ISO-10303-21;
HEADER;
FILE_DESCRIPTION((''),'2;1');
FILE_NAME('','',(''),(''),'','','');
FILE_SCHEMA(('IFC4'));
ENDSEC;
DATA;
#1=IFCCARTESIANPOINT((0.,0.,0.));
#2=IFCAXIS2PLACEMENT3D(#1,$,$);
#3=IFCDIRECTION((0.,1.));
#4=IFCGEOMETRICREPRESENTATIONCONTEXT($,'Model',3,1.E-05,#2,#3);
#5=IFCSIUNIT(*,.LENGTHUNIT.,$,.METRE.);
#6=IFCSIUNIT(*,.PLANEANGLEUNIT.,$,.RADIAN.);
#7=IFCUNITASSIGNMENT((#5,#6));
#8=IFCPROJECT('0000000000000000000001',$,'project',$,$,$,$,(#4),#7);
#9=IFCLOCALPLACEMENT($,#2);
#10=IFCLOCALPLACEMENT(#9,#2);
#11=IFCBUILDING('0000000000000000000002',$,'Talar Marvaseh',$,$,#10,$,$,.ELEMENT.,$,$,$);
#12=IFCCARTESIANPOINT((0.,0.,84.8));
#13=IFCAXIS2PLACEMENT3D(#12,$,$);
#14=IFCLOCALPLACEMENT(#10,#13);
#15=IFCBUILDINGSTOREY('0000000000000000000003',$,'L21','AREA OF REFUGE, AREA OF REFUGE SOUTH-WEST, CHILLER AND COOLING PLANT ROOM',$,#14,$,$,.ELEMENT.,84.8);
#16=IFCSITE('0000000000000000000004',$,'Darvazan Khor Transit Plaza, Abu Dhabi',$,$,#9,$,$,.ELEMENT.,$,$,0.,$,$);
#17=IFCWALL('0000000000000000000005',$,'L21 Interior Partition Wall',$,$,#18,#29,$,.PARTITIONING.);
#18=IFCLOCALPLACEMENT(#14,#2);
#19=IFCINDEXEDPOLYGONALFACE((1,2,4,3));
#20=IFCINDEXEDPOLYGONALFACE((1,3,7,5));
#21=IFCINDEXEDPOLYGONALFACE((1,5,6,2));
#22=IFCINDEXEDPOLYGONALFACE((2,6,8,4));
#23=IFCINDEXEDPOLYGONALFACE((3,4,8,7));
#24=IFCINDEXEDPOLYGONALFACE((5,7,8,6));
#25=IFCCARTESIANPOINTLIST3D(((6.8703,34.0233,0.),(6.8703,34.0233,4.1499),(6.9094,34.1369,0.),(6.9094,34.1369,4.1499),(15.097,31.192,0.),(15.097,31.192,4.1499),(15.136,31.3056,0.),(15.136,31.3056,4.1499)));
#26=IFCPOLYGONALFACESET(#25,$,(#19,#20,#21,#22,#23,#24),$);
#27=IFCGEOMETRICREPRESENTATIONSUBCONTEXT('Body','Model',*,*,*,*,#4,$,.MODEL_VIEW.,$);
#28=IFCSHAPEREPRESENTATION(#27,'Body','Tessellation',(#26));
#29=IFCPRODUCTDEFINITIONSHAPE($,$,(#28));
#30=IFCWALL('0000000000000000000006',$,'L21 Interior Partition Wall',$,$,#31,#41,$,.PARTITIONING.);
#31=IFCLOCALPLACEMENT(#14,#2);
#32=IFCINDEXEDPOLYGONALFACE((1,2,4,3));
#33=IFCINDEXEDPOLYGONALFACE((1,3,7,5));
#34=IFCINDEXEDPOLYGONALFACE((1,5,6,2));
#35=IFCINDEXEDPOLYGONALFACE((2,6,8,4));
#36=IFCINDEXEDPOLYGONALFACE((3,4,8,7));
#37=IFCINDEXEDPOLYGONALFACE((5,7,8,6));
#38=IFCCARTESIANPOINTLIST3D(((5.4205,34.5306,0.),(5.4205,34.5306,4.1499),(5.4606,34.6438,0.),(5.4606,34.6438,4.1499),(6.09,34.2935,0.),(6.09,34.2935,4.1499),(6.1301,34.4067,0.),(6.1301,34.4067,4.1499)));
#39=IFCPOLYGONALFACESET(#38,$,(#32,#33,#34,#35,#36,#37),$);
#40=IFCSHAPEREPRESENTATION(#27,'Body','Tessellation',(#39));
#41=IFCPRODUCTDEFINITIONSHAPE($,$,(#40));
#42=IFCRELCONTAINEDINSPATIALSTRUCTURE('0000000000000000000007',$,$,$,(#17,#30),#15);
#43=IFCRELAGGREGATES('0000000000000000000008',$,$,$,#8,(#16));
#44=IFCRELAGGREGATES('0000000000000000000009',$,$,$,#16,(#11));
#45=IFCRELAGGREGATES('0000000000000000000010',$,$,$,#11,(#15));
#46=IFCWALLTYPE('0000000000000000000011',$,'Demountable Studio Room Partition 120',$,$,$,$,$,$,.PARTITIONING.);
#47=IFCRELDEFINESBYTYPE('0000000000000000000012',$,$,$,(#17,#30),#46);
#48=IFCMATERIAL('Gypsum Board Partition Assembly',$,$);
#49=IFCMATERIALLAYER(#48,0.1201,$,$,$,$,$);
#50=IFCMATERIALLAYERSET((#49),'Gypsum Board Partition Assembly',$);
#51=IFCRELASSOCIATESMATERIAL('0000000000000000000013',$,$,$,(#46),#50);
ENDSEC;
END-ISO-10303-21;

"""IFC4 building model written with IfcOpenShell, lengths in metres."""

from ifc_helpers import new_model, si_unit, direction, frame, frame_2d, origin, place, context, subcontext, project, spatial, rectangle, extrude, material, layer, layer_set, type_object, element, save


model = new_model("IFC4")

# Units and contexts
model_context = context("Model", 3, precision=1e-05, world=origin(), true_north=direction((0.0, 1.0)))
body_context = subcontext(model_context, "Body", "Model", "MODEL_VIEW")
ifc_project = project(units=[si_unit("LENGTHUNIT", "METRE"), si_unit("PLANEANGLEUNIT", "RADIAN")], contexts=[model_context])

# Site, building, storey
site_placement = place(None, origin())
site = spatial("IfcSite", under=ifc_project, at=site_placement, Name="Darvazan Khor Transit Plaza, Abu Dhabi", CompositionType="ELEMENT", RefElevation=0.0)
building_placement = place(site_placement, origin())
building = spatial("IfcBuilding", under=site, at=building_placement, Name="Talar Marvaseh", CompositionType="ELEMENT")
storey_placement = place(building_placement, frame((0.0, 0.0, 84.8)))
storey = spatial("IfcBuildingStorey", under=building, at=storey_placement, Name="L21", Description="AREA OF REFUGE, AREA OF REFUGE SOUTH-WEST, CHILLER AND COOLING PLANT ROOM", CompositionType="ELEMENT", Elevation=84.8)

# Walls
ifc_material_1 = material(Name="Gypsum Board Partition Assembly")
ifc_layer_1 = layer(ifc_material_1, 0.1201)
ifc_layer_set_1 = layer_set([ifc_layer_1], Name="Gypsum Board Partition Assembly")
wall_type_1 = type_object("IfcWallType", Name="Demountable Studio Room Partition 120", PredefinedType="PARTITIONING", material=ifc_layer_set_1)
wall_1_placement = place(storey_placement, frame((6.8899, 34.0801, 0.0), z_axis=(0.0, 0.0, 1.0), x_axis=(0.945566, -0.325431, 0.0)))
element("IfcWall", 1, at=wall_1_placement, inside=storey, type_object=wall_type_1, Name="L21 Interior Partition Wall", PredefinedType="PARTITIONING", context=body_context, shape_type="SweptSolid", body=[
    extrude(rectangle(XDim=8.7002, YDim=0.1201, at=frame_2d((4.3501, 0.0))), origin(), (0.0, 0.0, 1.0), 4.1499),
])
wall_2_placement = place(storey_placement, frame((5.4407, 34.5872, 0.0), z_axis=(0.0, 0.0, 1.0), x_axis=(0.942641, -0.333809, 0.0)))
element("IfcWall", 2, at=wall_2_placement, inside=storey, type_object=wall_type_1, Name="L21 Interior Partition Wall", PredefinedType="PARTITIONING", context=body_context, shape_type="SweptSolid", body=[
    extrude(rectangle(XDim=0.7102, YDim=0.1201, at=frame_2d((0.355, 0.0))), origin(), (0.0, 0.0, 1.0), 4.1499),
])

save(model, "model.ifc")
